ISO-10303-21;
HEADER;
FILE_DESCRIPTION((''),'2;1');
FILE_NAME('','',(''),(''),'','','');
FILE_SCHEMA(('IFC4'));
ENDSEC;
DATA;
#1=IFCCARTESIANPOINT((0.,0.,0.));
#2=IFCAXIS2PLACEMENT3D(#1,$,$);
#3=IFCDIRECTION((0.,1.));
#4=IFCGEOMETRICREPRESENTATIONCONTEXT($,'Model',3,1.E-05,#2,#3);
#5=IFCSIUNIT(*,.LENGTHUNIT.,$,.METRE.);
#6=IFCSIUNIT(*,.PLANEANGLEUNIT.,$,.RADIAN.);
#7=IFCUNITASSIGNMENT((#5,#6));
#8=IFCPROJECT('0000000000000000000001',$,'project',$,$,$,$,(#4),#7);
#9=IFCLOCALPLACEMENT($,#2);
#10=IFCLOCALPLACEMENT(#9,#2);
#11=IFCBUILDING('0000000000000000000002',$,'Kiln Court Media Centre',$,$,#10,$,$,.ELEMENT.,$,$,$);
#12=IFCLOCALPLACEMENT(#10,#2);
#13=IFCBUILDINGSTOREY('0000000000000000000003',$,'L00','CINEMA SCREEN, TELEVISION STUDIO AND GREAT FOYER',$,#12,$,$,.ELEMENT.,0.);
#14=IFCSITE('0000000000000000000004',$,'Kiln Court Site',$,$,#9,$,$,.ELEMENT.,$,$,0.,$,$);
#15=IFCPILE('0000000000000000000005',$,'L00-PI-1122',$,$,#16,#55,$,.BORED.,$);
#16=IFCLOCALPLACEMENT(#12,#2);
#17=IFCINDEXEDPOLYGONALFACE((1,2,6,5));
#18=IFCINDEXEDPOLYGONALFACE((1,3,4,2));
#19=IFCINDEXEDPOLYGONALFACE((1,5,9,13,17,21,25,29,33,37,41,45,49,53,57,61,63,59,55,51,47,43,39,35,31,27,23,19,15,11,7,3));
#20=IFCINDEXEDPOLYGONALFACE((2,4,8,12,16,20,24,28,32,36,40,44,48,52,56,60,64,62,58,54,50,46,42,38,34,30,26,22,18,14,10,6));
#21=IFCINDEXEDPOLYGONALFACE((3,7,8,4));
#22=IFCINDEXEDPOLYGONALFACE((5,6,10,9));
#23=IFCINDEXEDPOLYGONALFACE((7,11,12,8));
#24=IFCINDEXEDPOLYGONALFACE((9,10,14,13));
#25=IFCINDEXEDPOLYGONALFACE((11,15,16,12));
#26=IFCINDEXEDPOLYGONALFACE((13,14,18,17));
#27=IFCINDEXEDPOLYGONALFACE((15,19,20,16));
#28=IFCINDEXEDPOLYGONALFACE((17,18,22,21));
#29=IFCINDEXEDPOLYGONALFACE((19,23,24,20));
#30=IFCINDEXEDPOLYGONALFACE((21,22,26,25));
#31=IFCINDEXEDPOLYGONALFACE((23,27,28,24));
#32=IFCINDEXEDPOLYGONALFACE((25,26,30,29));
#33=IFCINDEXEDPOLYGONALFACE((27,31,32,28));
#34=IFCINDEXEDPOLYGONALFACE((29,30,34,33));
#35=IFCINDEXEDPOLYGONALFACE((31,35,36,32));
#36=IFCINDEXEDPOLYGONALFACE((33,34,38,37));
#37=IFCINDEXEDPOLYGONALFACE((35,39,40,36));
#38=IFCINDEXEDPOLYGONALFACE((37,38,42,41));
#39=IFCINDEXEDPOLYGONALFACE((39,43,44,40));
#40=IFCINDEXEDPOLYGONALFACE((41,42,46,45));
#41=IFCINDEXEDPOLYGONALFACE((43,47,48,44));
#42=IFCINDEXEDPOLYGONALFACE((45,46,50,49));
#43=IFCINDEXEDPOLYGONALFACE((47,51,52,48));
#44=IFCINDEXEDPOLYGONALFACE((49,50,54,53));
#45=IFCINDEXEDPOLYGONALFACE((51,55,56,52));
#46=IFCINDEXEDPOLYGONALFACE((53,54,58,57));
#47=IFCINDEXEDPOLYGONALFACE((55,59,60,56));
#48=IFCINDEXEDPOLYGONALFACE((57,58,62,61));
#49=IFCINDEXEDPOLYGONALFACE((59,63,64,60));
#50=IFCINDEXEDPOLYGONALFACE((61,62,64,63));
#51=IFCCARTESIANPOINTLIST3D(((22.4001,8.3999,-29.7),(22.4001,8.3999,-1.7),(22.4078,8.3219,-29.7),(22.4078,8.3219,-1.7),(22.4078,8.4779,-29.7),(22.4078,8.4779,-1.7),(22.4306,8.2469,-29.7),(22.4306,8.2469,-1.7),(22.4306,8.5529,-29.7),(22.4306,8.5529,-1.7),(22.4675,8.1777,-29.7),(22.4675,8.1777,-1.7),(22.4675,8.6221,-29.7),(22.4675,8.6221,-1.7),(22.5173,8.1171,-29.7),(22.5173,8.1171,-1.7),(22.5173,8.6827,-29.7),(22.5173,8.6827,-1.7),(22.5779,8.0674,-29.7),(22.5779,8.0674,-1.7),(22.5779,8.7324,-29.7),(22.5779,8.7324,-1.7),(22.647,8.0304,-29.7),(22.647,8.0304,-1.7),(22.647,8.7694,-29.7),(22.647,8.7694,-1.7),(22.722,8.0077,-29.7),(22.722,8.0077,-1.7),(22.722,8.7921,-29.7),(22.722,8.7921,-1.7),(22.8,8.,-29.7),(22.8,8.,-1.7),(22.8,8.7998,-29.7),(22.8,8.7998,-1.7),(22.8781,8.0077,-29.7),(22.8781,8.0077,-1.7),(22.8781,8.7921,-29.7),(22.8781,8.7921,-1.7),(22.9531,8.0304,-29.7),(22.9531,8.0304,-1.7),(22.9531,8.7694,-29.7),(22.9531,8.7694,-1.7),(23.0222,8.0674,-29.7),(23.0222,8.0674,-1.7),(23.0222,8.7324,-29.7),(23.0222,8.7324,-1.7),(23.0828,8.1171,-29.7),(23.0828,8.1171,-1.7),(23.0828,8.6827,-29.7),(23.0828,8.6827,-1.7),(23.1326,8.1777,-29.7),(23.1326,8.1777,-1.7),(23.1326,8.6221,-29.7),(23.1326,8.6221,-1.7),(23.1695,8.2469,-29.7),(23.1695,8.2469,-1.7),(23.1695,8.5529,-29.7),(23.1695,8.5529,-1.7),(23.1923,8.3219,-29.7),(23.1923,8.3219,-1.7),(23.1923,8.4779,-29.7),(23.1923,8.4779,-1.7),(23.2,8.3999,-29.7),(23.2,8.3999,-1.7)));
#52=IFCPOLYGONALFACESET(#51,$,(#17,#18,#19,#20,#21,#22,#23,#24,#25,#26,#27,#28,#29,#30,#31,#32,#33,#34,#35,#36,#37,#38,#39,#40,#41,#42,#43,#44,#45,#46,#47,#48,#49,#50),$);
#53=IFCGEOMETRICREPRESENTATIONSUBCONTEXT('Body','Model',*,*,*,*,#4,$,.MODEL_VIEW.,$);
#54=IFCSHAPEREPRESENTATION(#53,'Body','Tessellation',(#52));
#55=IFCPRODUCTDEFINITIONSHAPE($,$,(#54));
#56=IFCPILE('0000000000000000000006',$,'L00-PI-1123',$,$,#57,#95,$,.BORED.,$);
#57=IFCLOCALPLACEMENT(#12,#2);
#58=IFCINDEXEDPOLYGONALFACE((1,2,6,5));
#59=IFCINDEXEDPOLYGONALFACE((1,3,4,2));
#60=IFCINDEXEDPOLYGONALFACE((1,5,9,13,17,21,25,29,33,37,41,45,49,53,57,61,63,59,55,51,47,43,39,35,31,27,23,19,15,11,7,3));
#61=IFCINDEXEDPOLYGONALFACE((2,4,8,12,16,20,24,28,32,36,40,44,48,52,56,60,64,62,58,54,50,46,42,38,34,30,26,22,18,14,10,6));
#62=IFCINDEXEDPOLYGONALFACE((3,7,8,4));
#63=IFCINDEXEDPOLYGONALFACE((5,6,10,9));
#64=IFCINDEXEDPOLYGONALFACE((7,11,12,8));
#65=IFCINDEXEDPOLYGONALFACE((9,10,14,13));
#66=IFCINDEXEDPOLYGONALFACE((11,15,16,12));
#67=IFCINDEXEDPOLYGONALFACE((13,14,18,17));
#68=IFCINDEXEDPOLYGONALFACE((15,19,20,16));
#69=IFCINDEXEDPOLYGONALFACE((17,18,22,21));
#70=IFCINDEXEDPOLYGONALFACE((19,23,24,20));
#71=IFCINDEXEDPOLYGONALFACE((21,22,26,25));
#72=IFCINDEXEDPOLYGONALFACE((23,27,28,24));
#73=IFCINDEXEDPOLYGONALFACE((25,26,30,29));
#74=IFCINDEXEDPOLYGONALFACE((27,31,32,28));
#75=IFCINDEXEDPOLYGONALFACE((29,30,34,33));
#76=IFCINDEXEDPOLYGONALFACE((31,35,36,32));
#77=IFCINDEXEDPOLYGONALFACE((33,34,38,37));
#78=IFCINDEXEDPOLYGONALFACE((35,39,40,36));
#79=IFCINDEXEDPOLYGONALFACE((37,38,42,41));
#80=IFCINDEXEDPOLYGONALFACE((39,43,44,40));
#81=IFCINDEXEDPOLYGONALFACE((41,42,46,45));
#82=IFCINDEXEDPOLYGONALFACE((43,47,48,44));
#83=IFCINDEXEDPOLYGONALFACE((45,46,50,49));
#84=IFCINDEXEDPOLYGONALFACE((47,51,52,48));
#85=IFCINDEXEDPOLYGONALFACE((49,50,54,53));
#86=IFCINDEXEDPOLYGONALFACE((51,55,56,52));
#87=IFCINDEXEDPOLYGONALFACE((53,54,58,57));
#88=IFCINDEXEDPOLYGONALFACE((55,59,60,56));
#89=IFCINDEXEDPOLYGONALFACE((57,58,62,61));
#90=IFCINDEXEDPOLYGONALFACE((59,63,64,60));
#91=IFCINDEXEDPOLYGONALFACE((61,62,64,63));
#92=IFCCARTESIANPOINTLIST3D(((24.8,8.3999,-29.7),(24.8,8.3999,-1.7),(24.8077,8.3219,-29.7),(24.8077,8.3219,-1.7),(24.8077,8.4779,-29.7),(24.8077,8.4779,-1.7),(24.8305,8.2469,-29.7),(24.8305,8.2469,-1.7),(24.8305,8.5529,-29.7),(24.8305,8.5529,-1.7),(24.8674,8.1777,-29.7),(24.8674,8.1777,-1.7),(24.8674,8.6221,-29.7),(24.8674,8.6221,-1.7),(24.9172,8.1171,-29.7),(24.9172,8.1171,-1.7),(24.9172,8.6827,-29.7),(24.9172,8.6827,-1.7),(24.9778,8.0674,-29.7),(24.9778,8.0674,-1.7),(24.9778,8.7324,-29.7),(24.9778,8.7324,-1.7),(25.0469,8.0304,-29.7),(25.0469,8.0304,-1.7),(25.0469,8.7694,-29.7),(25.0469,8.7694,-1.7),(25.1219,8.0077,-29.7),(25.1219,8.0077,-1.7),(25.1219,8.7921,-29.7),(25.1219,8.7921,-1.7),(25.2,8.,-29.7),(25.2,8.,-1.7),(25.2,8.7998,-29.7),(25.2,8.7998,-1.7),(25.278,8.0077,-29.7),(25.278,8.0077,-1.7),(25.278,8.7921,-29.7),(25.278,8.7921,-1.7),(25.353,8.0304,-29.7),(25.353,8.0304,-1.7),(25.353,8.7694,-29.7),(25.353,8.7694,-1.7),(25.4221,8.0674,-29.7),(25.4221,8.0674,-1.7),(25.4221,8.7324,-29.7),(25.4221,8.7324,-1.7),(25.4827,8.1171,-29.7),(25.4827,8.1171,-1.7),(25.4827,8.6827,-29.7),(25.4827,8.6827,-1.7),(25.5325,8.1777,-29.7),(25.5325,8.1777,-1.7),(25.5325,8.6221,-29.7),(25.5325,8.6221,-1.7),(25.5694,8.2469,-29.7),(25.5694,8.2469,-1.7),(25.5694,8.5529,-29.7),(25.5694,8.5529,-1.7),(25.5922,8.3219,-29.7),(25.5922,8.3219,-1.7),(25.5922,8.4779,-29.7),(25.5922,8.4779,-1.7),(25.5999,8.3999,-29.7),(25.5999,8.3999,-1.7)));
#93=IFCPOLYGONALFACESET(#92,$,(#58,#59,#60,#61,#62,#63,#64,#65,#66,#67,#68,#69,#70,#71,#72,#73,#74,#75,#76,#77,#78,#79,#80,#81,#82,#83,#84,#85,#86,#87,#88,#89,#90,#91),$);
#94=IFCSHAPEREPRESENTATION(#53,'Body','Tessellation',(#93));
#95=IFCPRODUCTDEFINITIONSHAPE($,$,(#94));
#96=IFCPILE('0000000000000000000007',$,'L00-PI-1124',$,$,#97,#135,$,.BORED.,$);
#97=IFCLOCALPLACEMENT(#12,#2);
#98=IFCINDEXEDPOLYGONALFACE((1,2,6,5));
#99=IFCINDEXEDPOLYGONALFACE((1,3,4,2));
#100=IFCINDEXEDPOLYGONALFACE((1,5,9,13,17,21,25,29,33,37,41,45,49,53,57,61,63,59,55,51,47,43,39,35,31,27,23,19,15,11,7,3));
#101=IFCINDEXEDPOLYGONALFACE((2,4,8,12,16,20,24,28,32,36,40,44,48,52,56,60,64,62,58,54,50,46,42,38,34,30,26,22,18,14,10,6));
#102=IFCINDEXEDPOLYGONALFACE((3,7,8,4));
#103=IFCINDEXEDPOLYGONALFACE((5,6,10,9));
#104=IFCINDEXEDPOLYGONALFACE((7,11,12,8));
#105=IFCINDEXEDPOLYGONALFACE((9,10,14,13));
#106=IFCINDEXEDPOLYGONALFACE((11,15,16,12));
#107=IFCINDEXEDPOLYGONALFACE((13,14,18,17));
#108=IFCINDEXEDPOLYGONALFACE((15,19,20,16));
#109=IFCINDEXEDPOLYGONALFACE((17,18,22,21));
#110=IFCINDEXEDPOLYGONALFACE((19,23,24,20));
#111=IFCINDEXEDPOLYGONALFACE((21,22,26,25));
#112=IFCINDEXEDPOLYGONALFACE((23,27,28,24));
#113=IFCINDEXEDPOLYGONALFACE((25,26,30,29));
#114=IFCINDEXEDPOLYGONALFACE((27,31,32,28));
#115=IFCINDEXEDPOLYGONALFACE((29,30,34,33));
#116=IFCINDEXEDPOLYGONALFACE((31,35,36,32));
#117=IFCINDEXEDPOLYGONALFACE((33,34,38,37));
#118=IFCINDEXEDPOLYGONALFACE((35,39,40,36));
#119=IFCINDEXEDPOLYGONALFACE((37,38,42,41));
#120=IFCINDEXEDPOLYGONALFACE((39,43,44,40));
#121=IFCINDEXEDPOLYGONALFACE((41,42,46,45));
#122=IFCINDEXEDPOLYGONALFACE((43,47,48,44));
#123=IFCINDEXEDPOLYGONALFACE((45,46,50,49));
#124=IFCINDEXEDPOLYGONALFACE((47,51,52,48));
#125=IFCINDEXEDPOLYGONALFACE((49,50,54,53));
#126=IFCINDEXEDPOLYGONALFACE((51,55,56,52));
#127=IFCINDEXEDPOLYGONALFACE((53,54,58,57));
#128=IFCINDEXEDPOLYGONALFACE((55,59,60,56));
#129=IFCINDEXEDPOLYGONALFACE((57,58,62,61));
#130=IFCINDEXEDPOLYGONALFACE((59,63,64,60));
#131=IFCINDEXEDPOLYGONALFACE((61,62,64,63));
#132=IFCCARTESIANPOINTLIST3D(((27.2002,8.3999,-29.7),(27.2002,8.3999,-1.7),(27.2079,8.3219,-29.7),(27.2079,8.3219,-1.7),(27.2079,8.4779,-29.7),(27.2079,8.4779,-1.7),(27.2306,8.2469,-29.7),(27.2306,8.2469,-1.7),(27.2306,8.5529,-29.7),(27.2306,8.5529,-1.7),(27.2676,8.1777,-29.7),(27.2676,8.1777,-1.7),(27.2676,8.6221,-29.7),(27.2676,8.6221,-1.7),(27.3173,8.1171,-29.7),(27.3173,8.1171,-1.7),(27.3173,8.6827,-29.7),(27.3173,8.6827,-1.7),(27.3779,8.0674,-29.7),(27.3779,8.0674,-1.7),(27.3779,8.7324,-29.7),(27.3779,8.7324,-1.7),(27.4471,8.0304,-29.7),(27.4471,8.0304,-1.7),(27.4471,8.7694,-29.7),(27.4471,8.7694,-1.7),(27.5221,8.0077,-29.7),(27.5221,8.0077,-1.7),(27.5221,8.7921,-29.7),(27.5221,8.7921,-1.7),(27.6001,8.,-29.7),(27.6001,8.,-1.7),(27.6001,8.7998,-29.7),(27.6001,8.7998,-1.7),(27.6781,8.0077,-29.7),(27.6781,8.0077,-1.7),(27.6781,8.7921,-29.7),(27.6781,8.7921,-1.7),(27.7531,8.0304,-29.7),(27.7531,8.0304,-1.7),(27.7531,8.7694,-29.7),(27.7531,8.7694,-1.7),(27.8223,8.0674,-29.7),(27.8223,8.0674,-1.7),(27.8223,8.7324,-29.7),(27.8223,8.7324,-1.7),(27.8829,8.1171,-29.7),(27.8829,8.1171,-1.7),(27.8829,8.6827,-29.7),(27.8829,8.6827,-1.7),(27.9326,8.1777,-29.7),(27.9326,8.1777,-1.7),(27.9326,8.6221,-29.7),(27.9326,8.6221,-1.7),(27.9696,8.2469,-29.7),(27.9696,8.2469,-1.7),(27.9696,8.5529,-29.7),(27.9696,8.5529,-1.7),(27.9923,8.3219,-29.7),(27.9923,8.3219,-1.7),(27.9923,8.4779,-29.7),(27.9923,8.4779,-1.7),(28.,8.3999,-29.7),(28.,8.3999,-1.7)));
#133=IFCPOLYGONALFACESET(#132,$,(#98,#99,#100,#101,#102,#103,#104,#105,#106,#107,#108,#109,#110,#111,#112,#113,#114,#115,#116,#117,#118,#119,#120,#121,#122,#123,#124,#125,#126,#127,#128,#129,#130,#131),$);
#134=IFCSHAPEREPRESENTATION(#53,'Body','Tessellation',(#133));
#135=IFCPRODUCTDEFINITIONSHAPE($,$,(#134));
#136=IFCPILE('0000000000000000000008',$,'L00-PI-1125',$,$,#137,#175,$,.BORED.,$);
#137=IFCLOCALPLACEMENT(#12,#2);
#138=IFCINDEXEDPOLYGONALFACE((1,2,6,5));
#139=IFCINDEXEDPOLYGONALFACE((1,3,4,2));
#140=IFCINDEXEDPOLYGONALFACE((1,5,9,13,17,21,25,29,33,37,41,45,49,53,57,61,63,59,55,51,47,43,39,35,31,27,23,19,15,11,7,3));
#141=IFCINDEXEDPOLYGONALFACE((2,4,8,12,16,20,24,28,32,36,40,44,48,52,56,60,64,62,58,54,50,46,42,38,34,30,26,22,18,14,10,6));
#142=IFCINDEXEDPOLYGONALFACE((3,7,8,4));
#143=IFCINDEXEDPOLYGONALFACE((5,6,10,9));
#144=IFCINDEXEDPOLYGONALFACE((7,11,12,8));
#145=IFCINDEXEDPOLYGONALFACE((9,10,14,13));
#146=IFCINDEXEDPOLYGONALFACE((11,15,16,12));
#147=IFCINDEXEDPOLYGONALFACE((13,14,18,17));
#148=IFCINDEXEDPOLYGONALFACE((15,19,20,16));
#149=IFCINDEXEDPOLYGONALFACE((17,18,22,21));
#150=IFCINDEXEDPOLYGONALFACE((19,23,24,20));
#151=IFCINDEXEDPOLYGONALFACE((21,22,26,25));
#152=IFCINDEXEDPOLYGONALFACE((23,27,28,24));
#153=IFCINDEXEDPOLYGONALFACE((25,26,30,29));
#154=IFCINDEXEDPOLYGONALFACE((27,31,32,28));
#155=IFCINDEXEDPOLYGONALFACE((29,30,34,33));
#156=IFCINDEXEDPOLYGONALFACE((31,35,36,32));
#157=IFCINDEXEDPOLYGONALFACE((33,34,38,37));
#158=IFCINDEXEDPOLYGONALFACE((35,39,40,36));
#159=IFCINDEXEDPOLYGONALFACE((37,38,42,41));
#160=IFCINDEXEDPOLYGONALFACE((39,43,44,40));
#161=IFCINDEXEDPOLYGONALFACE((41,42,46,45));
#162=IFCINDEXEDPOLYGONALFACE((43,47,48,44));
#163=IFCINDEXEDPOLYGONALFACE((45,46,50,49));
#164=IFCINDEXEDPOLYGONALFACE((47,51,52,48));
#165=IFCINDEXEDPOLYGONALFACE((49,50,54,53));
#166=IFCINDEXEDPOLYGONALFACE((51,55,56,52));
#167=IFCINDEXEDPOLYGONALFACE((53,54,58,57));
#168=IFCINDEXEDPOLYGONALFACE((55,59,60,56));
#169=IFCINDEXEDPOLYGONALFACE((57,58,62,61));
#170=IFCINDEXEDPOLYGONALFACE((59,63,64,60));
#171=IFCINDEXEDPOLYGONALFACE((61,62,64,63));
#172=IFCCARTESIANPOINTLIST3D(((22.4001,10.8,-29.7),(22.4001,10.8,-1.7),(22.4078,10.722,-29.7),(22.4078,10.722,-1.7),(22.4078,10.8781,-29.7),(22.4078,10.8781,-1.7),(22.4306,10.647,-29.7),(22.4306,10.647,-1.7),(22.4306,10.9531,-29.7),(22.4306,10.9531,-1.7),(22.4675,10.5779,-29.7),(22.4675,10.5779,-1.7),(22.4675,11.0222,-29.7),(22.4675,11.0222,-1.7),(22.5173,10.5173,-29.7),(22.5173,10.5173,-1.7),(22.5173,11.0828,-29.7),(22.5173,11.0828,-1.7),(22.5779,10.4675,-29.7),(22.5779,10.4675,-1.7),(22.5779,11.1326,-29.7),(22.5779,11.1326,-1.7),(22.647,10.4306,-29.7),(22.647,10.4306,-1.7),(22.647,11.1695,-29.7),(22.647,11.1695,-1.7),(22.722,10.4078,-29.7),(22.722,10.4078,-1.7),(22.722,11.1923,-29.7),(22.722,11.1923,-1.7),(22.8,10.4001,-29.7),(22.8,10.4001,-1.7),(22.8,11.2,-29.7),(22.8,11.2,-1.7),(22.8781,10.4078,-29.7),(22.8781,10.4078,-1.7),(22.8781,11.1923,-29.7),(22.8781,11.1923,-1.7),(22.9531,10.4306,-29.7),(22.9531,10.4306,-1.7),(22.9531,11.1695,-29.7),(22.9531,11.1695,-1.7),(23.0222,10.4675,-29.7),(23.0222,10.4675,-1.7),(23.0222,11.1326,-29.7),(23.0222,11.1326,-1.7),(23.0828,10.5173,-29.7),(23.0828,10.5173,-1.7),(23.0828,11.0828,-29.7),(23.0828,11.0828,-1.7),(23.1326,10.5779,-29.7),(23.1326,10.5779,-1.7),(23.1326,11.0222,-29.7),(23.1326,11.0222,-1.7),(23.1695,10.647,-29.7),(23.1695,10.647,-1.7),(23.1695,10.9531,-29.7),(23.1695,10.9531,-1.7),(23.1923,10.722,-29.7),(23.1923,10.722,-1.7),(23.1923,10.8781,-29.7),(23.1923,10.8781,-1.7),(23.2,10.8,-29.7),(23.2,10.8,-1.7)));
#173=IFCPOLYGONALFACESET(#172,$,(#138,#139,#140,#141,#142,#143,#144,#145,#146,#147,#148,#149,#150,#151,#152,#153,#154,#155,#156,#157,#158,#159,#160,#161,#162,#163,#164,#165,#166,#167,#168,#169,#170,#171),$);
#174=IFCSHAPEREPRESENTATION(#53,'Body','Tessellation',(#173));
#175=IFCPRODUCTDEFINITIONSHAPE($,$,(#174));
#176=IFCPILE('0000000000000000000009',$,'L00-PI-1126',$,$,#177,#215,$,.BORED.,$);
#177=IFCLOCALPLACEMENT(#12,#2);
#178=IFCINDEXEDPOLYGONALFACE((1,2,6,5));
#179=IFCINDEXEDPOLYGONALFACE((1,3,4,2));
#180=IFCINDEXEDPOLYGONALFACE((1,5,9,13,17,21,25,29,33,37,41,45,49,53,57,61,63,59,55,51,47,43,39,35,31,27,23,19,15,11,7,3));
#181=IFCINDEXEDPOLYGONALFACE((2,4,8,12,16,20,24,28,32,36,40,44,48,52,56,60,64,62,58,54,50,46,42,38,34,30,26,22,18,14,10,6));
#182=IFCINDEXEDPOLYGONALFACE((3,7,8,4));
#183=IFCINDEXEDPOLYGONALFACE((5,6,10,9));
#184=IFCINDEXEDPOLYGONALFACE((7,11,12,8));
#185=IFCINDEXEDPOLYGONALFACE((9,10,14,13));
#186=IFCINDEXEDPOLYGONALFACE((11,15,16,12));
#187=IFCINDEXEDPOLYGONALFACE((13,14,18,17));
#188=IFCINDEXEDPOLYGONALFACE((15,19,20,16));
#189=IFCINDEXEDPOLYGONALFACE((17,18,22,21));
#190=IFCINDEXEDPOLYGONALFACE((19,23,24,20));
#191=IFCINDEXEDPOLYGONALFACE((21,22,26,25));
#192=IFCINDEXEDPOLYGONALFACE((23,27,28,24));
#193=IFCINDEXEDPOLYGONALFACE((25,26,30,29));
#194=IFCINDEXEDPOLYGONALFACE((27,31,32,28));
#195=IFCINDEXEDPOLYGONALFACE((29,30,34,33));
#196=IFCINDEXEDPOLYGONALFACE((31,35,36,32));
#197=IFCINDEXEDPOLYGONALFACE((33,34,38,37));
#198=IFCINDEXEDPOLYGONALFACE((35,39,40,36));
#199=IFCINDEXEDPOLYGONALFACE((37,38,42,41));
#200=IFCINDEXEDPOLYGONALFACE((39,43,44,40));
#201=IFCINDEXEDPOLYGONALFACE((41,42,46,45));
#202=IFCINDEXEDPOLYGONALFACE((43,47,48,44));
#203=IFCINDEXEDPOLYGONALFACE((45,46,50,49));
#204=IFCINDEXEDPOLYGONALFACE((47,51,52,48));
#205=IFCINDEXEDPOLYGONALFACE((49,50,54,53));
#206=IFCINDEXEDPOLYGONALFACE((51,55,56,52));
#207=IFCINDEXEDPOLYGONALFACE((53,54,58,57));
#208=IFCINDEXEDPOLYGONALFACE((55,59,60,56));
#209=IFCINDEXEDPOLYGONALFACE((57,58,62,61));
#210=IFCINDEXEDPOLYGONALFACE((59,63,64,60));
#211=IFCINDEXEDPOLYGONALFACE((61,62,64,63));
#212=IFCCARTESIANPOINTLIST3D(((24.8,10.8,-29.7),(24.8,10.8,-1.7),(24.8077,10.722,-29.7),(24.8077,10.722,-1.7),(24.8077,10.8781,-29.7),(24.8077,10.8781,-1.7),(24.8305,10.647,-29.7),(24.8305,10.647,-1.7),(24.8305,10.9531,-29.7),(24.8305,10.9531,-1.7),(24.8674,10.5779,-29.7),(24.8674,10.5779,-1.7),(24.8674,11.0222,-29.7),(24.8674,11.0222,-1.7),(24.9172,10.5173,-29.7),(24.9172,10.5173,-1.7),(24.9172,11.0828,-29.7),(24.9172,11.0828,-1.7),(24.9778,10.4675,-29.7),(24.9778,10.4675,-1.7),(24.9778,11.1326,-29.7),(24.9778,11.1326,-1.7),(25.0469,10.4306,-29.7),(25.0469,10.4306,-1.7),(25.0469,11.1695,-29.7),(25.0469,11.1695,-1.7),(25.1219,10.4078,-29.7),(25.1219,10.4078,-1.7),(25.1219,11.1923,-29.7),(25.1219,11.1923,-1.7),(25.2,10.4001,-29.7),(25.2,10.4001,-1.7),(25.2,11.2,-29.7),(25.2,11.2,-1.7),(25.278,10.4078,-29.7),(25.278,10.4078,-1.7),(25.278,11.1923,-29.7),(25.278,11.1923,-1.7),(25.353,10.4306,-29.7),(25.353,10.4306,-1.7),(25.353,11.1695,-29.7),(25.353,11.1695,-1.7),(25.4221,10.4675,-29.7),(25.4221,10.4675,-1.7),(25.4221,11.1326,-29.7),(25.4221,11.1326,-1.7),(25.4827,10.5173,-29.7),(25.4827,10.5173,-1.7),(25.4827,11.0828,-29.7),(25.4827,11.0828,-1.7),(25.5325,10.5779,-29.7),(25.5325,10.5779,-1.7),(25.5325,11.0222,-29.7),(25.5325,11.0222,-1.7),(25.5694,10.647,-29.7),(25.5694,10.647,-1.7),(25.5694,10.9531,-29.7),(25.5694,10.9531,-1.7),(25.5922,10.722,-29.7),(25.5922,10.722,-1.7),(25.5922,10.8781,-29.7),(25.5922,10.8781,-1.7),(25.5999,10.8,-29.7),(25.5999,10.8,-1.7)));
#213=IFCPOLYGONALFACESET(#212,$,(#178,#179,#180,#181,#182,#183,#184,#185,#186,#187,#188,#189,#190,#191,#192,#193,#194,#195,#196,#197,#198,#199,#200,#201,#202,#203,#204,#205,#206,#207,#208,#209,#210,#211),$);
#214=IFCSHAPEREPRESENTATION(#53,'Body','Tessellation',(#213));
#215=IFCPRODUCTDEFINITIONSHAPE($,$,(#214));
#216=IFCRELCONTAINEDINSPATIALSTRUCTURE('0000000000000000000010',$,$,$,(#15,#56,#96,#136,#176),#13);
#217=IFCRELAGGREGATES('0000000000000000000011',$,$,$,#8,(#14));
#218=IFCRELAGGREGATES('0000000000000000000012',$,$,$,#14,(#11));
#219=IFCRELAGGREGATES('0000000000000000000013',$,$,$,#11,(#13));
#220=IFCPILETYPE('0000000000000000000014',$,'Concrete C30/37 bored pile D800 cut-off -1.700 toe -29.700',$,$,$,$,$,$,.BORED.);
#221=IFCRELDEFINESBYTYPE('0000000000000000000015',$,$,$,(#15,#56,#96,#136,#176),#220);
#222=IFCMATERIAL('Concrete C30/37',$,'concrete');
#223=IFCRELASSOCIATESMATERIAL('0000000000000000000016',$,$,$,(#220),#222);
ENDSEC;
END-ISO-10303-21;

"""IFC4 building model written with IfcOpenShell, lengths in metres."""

from ifc_helpers import new_model, si_unit, direction, frame, origin, origin_2d, place, context, subcontext, project, spatial, circle, extrude, material, material_profile, profile_set, type_object, element, save


model = new_model("IFC4")

# Units and contexts
model_context = context("Model", 3, precision=1e-05, world=origin(), true_north=direction((0.0, 1.0)))
body_context = subcontext(model_context, "Body", "Model", "MODEL_VIEW")
ifc_project = project(units=[si_unit("LENGTHUNIT", "METRE"), si_unit("PLANEANGLEUNIT", "RADIAN")], contexts=[model_context])

# Site, building, storey
site_placement = place(None, origin())
site = spatial("IfcSite", under=ifc_project, at=site_placement, Name="Kiln Court Site", CompositionType="ELEMENT", RefElevation=0.0)
building_placement = place(site_placement, origin())
building = spatial("IfcBuilding", under=site, at=building_placement, Name="Kiln Court Media Centre", CompositionType="ELEMENT")
storey_placement = place(building_placement, origin())
storey = spatial("IfcBuildingStorey", under=building, at=storey_placement, Name="L00", Description="CINEMA SCREEN, TELEVISION STUDIO AND GREAT FOYER", CompositionType="ELEMENT", Elevation=0.0)

# Piles
ifc_material_1 = material(Name="Concrete C30/37", Category="concrete")
ifc_material_profile_1 = material_profile(ifc_material_1, circle(Radius=0.3999, at=origin_2d()), Name="PILE D800")
ifc_profile_set_1 = profile_set([ifc_material_profile_1], Name="Concrete C30/37")
pile_type = type_object("IfcPileType", Name="Concrete C30/37 bored pile D800 cut-off -1.700 toe -29.700", PredefinedType="BORED", material=ifc_profile_set_1)
for number, where, z_axis, x_axis, name in (
    (1, (22.8, 8.3999, -1.7), (0.0, 0.0, -1.0), (1.0, 0.0, 0.0), "L00-PI-1122"),
    (2, (25.2, 8.3999, -1.7), (0.0, 0.0, -1.0), (1.0, 0.0, 0.0), "L00-PI-1123"),
    (3, (27.6001, 8.3999, -1.7), (0.0, 0.0, -1.0), (1.0, 0.0, 0.0), "L00-PI-1124"),
    (4, (22.8, 10.8, -1.7), (0.0, 0.0, -1.0), (1.0, 0.0, 0.0), "L00-PI-1125"),
    (5, (25.2, 10.8, -1.7), (0.0, 0.0, -1.0), (1.0, 0.0, 0.0), "L00-PI-1126"),
):
    element("IfcPile", number, at=place(storey_placement, frame(where, z_axis=z_axis, x_axis=x_axis)), inside=storey, type_object=pile_type, Name=name, PredefinedType="BORED", context=body_context, shape_type="SweptSolid", body=[
        extrude(circle(Radius=0.3999, at=origin_2d()), origin(), (0.0, 0.0, 1.0), 28.0),
    ])

save(model, "model.ifc")
